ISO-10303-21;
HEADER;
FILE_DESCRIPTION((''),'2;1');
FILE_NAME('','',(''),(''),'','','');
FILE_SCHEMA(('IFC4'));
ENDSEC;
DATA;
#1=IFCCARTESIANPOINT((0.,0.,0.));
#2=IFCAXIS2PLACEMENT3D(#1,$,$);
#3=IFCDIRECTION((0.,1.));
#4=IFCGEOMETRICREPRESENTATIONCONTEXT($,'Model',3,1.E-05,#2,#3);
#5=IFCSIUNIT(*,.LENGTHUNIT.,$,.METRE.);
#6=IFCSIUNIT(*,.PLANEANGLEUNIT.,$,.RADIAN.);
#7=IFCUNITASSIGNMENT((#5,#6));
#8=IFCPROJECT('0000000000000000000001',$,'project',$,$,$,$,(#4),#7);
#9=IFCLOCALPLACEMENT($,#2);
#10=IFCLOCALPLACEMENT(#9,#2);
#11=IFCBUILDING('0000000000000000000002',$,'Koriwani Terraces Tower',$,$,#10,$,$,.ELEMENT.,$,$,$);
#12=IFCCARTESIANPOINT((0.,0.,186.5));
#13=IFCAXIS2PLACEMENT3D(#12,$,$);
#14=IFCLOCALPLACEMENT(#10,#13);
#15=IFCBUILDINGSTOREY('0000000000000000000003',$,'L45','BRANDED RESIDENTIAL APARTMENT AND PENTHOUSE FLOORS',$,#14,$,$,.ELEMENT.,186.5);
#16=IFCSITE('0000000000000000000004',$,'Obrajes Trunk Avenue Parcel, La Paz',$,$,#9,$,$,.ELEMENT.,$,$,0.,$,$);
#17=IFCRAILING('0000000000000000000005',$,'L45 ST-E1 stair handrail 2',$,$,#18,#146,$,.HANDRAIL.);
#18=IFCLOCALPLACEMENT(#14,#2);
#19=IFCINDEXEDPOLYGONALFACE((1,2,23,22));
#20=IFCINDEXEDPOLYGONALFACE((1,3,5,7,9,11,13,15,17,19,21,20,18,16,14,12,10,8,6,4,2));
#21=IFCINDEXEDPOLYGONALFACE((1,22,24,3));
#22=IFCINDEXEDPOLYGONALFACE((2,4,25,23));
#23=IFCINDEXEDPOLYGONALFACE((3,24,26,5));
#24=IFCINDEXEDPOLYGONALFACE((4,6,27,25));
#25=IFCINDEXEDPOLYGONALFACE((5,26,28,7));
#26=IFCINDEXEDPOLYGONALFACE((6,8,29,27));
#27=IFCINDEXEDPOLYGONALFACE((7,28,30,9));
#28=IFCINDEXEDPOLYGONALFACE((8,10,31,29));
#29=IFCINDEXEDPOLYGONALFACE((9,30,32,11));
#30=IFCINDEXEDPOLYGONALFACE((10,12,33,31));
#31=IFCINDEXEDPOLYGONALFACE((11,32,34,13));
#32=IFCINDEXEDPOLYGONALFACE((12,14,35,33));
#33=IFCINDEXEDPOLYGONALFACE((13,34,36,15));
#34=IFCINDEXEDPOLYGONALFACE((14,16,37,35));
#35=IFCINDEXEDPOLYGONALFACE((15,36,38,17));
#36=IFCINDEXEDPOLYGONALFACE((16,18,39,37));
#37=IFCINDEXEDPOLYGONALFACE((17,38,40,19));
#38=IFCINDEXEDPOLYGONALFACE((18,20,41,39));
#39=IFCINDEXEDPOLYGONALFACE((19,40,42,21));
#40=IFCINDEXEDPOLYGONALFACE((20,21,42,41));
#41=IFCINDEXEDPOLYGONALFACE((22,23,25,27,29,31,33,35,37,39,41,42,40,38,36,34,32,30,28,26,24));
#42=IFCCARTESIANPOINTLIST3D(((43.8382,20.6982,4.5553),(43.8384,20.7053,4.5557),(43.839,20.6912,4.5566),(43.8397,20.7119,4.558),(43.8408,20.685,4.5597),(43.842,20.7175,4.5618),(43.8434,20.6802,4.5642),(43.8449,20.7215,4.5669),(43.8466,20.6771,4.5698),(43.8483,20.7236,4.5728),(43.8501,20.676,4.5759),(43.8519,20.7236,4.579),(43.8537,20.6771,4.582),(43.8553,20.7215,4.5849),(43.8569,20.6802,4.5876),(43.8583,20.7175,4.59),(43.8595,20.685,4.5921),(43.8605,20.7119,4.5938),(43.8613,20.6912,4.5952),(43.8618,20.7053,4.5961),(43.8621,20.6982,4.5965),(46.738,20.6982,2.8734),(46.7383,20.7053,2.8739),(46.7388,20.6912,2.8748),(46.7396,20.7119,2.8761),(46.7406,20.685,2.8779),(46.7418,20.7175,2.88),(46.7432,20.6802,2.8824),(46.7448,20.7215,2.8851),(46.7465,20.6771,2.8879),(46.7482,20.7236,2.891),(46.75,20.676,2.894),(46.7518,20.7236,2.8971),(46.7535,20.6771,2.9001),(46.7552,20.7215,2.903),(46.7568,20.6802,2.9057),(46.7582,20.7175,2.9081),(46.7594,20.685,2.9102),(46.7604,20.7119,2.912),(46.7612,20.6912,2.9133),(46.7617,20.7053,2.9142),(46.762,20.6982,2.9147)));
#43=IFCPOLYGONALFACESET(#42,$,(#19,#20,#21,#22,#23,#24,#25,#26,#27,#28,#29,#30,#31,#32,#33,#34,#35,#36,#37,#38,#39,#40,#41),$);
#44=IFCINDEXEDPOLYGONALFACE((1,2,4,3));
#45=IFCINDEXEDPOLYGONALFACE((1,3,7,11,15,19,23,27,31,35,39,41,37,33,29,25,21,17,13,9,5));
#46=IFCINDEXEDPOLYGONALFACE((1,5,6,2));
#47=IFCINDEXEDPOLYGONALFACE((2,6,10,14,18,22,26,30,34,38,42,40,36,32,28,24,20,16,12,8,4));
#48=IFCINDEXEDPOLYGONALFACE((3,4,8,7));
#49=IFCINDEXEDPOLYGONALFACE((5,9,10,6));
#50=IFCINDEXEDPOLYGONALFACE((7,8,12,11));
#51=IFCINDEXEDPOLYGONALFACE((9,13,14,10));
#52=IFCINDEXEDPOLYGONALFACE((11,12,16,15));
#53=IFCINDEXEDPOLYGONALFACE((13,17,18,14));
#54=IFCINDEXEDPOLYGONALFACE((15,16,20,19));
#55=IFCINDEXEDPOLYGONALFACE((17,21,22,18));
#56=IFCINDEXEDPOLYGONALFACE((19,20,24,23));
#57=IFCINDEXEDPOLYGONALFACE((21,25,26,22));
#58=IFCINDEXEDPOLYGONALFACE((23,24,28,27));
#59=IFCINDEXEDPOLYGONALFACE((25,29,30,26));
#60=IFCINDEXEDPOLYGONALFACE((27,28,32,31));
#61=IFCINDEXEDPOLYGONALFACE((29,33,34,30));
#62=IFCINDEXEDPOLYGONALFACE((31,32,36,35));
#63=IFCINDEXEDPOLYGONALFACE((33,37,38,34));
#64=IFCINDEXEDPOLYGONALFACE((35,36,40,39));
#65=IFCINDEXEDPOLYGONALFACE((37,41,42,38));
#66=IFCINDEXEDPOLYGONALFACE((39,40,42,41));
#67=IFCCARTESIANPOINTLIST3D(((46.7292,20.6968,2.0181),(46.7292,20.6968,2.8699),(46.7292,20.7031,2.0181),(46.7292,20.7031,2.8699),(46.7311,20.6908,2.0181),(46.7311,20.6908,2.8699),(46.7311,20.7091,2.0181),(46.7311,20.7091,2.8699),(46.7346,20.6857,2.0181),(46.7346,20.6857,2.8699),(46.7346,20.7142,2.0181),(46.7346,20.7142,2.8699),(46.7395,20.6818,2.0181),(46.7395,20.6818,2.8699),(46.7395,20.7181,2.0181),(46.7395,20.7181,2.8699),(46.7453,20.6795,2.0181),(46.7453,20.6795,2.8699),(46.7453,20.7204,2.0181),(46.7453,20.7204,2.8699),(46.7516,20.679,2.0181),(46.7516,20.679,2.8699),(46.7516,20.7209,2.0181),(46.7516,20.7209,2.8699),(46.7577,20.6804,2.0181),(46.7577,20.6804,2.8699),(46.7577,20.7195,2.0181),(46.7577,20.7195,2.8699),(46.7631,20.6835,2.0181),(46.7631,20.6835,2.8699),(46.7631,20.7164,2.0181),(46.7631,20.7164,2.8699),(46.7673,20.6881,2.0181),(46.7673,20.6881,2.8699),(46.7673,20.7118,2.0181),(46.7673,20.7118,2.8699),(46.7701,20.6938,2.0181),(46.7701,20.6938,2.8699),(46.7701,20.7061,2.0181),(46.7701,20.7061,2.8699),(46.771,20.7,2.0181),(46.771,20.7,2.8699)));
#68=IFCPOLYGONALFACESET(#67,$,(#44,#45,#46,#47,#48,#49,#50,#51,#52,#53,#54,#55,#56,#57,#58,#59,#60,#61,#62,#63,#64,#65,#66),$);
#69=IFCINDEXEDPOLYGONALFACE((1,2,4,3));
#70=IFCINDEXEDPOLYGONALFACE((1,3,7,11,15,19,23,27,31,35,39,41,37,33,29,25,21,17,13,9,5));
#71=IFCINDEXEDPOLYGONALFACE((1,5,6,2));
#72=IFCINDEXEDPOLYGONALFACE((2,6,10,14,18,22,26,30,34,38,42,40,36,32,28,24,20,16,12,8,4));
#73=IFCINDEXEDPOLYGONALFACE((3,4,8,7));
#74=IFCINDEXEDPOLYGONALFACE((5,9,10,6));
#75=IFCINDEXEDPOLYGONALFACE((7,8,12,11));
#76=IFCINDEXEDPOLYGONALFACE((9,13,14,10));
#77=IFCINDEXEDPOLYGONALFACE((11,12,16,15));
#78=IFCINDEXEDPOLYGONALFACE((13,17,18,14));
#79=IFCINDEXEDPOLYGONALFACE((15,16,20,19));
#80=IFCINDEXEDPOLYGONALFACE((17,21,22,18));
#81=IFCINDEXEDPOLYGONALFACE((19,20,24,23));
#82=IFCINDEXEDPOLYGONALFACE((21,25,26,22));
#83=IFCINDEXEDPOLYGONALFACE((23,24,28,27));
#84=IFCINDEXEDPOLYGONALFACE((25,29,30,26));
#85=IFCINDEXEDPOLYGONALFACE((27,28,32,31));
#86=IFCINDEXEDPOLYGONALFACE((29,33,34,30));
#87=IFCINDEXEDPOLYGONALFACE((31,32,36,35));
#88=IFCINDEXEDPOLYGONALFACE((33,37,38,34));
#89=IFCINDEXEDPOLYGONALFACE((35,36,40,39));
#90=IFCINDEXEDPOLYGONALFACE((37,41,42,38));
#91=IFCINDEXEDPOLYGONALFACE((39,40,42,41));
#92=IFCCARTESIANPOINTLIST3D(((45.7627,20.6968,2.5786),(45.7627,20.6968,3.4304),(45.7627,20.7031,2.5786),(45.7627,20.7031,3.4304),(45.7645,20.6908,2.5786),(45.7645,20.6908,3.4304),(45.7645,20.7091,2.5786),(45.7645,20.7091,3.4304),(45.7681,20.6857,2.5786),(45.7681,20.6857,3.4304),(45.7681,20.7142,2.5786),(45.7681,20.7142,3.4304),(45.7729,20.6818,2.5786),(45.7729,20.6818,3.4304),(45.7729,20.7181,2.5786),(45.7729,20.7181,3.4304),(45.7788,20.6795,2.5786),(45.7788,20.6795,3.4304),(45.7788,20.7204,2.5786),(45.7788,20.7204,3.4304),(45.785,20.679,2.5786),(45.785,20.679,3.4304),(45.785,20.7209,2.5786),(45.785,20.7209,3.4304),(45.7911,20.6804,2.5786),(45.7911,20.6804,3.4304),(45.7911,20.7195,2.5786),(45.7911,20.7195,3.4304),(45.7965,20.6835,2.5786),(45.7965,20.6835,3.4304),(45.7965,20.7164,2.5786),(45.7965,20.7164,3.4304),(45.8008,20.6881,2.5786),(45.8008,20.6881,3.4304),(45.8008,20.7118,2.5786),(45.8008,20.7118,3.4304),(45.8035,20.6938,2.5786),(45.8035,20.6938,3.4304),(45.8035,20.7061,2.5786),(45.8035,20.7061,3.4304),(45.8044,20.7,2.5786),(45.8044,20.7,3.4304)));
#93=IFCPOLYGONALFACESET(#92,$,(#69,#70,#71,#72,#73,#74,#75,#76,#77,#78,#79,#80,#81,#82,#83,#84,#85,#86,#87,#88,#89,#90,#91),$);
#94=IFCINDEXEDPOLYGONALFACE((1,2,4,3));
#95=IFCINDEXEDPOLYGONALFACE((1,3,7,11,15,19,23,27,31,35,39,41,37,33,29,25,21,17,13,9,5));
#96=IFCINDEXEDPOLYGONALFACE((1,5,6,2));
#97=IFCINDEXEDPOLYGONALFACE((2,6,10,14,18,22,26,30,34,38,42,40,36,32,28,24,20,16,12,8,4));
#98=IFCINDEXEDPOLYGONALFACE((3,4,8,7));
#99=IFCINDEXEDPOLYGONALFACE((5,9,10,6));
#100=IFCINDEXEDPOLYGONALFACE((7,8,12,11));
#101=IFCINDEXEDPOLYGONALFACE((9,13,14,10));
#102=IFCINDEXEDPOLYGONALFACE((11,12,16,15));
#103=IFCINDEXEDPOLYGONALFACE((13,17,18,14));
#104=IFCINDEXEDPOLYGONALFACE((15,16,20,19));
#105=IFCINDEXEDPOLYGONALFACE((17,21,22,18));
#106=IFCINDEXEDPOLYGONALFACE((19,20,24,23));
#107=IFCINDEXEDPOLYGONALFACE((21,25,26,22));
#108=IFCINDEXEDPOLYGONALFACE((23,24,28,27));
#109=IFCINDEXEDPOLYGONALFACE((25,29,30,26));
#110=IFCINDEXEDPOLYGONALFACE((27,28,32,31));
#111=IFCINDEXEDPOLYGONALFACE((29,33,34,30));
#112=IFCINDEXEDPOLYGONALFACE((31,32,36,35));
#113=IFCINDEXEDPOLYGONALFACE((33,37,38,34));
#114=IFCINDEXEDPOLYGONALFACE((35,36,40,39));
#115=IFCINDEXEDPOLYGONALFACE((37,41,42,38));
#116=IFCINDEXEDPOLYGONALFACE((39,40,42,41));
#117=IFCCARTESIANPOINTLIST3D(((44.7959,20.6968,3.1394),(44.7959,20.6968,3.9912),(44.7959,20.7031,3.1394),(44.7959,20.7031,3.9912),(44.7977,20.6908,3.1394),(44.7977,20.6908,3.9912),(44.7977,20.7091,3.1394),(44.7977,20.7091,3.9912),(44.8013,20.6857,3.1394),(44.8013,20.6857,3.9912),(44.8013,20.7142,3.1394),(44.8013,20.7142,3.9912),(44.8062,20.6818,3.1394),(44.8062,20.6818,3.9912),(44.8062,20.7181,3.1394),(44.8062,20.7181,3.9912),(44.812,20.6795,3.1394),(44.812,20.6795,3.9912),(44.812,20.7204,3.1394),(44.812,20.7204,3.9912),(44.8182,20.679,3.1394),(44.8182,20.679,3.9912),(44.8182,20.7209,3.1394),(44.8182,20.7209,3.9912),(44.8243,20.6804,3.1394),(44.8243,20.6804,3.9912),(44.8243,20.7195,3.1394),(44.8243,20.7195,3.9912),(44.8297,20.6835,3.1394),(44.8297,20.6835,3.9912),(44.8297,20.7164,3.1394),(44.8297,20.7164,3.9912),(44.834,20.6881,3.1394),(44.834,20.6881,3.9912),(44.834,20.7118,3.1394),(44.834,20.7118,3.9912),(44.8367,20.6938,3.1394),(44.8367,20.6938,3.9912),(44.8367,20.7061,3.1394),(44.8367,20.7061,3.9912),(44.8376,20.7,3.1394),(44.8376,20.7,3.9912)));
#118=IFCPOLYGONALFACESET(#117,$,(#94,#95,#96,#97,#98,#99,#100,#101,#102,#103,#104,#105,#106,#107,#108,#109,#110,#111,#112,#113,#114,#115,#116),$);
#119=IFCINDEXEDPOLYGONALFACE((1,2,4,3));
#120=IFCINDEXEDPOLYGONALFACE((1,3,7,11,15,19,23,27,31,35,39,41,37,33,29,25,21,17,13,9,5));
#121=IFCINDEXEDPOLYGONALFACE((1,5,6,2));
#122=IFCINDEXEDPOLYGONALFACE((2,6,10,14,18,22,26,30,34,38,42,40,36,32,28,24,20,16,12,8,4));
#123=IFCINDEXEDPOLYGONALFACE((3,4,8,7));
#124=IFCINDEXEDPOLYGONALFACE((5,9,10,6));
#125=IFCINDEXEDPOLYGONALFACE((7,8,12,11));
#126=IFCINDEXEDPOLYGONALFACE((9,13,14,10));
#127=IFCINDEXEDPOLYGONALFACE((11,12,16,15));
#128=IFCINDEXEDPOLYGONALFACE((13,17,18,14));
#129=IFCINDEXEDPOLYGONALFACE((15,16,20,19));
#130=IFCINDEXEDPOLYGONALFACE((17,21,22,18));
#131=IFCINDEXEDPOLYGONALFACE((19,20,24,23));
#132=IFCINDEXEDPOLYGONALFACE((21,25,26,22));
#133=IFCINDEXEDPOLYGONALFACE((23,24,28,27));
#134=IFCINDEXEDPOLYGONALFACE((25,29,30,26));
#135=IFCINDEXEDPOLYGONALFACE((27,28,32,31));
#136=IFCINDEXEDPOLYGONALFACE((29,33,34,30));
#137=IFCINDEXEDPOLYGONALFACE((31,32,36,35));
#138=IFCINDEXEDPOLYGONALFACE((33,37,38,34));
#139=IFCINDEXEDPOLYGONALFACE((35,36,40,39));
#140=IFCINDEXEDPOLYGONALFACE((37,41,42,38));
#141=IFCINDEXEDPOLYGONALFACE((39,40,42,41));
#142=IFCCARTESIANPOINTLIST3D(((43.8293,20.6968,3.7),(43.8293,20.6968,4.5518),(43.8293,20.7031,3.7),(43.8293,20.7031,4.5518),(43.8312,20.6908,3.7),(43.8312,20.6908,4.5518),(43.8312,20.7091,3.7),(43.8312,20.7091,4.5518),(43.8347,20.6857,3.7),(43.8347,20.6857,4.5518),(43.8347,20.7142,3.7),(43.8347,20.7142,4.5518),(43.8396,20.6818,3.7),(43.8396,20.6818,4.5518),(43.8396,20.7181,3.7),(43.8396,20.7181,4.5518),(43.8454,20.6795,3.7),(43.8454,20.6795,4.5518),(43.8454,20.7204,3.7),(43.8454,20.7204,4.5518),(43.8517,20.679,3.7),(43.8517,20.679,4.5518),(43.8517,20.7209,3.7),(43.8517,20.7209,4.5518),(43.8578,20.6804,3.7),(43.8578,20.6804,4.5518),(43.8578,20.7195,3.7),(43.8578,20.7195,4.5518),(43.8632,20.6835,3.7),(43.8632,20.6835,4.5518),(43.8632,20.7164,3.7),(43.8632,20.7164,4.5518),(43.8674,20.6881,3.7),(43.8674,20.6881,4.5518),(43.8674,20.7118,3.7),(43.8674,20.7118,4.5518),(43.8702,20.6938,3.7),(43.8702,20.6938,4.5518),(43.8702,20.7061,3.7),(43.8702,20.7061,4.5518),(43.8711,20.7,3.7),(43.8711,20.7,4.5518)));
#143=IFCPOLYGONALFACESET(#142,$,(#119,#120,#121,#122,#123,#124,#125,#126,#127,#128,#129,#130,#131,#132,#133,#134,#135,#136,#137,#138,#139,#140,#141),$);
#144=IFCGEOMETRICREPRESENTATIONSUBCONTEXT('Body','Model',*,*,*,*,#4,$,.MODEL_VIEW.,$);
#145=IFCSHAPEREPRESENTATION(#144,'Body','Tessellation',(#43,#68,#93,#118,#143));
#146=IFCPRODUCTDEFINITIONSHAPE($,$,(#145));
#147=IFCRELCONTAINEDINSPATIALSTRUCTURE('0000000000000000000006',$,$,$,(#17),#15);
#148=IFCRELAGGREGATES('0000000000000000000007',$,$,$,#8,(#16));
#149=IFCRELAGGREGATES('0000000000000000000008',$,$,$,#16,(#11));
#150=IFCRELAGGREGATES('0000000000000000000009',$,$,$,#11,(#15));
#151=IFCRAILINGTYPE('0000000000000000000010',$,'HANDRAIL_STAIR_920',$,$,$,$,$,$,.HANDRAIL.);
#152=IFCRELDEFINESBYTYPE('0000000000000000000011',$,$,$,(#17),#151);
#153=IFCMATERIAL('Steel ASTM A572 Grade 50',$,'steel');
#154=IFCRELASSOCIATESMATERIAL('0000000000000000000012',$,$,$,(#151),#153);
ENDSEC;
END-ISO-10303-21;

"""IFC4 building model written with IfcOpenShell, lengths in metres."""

from ifc_helpers import new_model, si_unit, direction, frame, origin, origin_2d, place, context, subcontext, project, spatial, circle, extrude, material, type_object, element, save


model = new_model("IFC4")

# Units and contexts
model_context = context("Model", 3, precision=1e-05, world=origin(), true_north=direction((0.0, 1.0)))
body_context = subcontext(model_context, "Body", "Model", "MODEL_VIEW")
ifc_project = project(units=[si_unit("LENGTHUNIT", "METRE"), si_unit("PLANEANGLEUNIT", "RADIAN")], contexts=[model_context])

# Site, building, storey
site_placement = place(None, origin())
site = spatial("IfcSite", under=ifc_project, at=site_placement, Name="Obrajes Trunk Avenue Parcel, La Paz", CompositionType="ELEMENT", RefElevation=0.0)
building_placement = place(site_placement, origin())
building = spatial("IfcBuilding", under=site, at=building_placement, Name="Koriwani Terraces Tower", CompositionType="ELEMENT")
storey_placement = place(building_placement, frame((0.0, 0.0, 186.5)))
storey = spatial("IfcBuildingStorey", under=building, at=storey_placement, Name="L45", Description="BRANDED RESIDENTIAL APARTMENT AND PENTHOUSE FLOORS", CompositionType="ELEMENT", Elevation=186.5)

# Shared definitions
ifc_material_1 = material(Name="Steel ASTM A572 Grade 50", Category="steel")

# Railing
railing_type = type_object("IfcRailingType", Name="HANDRAIL_STAIR_920", PredefinedType="HANDRAIL", material=ifc_material_1)
railing_placement = place(storey_placement, frame((46.75, 20.7, 2.0181)))
element("IfcRailing", 1, at=railing_placement, inside=storey, type_object=railing_type, Name="L45 ST-E1 stair handrail 2", PredefinedType="HANDRAIL", context=body_context, shape_type="SweptSolid", body=[
    extrude(circle(Radius=0.0239, at=origin_2d()), frame((0.0, 0.0, 0.876), z_axis=(-0.865039, 0.0, 0.501705), x_axis=(0.0, -1.0, 0.0)), (0.0, 0.0, 1.0), 3.3523),
    extrude(circle(Radius=0.021, at=origin_2d()), origin(), (0.0, 0.0, 1.0), 0.8518),
    extrude(circle(Radius=0.021, at=origin_2d()), frame((-0.9666, 0.0, 0.5605)), (0.0, 0.0, 1.0), 0.8518),
    extrude(circle(Radius=0.021, at=origin_2d()), frame((-1.9333, 0.0, 1.1213)), (0.0, 0.0, 1.0), 0.8518),
    extrude(circle(Radius=0.021, at=origin_2d()), frame((-2.8999, 0.0, 1.6819)), (0.0, 0.0, 1.0), 0.8518),
])

save(model, "model.ifc")
